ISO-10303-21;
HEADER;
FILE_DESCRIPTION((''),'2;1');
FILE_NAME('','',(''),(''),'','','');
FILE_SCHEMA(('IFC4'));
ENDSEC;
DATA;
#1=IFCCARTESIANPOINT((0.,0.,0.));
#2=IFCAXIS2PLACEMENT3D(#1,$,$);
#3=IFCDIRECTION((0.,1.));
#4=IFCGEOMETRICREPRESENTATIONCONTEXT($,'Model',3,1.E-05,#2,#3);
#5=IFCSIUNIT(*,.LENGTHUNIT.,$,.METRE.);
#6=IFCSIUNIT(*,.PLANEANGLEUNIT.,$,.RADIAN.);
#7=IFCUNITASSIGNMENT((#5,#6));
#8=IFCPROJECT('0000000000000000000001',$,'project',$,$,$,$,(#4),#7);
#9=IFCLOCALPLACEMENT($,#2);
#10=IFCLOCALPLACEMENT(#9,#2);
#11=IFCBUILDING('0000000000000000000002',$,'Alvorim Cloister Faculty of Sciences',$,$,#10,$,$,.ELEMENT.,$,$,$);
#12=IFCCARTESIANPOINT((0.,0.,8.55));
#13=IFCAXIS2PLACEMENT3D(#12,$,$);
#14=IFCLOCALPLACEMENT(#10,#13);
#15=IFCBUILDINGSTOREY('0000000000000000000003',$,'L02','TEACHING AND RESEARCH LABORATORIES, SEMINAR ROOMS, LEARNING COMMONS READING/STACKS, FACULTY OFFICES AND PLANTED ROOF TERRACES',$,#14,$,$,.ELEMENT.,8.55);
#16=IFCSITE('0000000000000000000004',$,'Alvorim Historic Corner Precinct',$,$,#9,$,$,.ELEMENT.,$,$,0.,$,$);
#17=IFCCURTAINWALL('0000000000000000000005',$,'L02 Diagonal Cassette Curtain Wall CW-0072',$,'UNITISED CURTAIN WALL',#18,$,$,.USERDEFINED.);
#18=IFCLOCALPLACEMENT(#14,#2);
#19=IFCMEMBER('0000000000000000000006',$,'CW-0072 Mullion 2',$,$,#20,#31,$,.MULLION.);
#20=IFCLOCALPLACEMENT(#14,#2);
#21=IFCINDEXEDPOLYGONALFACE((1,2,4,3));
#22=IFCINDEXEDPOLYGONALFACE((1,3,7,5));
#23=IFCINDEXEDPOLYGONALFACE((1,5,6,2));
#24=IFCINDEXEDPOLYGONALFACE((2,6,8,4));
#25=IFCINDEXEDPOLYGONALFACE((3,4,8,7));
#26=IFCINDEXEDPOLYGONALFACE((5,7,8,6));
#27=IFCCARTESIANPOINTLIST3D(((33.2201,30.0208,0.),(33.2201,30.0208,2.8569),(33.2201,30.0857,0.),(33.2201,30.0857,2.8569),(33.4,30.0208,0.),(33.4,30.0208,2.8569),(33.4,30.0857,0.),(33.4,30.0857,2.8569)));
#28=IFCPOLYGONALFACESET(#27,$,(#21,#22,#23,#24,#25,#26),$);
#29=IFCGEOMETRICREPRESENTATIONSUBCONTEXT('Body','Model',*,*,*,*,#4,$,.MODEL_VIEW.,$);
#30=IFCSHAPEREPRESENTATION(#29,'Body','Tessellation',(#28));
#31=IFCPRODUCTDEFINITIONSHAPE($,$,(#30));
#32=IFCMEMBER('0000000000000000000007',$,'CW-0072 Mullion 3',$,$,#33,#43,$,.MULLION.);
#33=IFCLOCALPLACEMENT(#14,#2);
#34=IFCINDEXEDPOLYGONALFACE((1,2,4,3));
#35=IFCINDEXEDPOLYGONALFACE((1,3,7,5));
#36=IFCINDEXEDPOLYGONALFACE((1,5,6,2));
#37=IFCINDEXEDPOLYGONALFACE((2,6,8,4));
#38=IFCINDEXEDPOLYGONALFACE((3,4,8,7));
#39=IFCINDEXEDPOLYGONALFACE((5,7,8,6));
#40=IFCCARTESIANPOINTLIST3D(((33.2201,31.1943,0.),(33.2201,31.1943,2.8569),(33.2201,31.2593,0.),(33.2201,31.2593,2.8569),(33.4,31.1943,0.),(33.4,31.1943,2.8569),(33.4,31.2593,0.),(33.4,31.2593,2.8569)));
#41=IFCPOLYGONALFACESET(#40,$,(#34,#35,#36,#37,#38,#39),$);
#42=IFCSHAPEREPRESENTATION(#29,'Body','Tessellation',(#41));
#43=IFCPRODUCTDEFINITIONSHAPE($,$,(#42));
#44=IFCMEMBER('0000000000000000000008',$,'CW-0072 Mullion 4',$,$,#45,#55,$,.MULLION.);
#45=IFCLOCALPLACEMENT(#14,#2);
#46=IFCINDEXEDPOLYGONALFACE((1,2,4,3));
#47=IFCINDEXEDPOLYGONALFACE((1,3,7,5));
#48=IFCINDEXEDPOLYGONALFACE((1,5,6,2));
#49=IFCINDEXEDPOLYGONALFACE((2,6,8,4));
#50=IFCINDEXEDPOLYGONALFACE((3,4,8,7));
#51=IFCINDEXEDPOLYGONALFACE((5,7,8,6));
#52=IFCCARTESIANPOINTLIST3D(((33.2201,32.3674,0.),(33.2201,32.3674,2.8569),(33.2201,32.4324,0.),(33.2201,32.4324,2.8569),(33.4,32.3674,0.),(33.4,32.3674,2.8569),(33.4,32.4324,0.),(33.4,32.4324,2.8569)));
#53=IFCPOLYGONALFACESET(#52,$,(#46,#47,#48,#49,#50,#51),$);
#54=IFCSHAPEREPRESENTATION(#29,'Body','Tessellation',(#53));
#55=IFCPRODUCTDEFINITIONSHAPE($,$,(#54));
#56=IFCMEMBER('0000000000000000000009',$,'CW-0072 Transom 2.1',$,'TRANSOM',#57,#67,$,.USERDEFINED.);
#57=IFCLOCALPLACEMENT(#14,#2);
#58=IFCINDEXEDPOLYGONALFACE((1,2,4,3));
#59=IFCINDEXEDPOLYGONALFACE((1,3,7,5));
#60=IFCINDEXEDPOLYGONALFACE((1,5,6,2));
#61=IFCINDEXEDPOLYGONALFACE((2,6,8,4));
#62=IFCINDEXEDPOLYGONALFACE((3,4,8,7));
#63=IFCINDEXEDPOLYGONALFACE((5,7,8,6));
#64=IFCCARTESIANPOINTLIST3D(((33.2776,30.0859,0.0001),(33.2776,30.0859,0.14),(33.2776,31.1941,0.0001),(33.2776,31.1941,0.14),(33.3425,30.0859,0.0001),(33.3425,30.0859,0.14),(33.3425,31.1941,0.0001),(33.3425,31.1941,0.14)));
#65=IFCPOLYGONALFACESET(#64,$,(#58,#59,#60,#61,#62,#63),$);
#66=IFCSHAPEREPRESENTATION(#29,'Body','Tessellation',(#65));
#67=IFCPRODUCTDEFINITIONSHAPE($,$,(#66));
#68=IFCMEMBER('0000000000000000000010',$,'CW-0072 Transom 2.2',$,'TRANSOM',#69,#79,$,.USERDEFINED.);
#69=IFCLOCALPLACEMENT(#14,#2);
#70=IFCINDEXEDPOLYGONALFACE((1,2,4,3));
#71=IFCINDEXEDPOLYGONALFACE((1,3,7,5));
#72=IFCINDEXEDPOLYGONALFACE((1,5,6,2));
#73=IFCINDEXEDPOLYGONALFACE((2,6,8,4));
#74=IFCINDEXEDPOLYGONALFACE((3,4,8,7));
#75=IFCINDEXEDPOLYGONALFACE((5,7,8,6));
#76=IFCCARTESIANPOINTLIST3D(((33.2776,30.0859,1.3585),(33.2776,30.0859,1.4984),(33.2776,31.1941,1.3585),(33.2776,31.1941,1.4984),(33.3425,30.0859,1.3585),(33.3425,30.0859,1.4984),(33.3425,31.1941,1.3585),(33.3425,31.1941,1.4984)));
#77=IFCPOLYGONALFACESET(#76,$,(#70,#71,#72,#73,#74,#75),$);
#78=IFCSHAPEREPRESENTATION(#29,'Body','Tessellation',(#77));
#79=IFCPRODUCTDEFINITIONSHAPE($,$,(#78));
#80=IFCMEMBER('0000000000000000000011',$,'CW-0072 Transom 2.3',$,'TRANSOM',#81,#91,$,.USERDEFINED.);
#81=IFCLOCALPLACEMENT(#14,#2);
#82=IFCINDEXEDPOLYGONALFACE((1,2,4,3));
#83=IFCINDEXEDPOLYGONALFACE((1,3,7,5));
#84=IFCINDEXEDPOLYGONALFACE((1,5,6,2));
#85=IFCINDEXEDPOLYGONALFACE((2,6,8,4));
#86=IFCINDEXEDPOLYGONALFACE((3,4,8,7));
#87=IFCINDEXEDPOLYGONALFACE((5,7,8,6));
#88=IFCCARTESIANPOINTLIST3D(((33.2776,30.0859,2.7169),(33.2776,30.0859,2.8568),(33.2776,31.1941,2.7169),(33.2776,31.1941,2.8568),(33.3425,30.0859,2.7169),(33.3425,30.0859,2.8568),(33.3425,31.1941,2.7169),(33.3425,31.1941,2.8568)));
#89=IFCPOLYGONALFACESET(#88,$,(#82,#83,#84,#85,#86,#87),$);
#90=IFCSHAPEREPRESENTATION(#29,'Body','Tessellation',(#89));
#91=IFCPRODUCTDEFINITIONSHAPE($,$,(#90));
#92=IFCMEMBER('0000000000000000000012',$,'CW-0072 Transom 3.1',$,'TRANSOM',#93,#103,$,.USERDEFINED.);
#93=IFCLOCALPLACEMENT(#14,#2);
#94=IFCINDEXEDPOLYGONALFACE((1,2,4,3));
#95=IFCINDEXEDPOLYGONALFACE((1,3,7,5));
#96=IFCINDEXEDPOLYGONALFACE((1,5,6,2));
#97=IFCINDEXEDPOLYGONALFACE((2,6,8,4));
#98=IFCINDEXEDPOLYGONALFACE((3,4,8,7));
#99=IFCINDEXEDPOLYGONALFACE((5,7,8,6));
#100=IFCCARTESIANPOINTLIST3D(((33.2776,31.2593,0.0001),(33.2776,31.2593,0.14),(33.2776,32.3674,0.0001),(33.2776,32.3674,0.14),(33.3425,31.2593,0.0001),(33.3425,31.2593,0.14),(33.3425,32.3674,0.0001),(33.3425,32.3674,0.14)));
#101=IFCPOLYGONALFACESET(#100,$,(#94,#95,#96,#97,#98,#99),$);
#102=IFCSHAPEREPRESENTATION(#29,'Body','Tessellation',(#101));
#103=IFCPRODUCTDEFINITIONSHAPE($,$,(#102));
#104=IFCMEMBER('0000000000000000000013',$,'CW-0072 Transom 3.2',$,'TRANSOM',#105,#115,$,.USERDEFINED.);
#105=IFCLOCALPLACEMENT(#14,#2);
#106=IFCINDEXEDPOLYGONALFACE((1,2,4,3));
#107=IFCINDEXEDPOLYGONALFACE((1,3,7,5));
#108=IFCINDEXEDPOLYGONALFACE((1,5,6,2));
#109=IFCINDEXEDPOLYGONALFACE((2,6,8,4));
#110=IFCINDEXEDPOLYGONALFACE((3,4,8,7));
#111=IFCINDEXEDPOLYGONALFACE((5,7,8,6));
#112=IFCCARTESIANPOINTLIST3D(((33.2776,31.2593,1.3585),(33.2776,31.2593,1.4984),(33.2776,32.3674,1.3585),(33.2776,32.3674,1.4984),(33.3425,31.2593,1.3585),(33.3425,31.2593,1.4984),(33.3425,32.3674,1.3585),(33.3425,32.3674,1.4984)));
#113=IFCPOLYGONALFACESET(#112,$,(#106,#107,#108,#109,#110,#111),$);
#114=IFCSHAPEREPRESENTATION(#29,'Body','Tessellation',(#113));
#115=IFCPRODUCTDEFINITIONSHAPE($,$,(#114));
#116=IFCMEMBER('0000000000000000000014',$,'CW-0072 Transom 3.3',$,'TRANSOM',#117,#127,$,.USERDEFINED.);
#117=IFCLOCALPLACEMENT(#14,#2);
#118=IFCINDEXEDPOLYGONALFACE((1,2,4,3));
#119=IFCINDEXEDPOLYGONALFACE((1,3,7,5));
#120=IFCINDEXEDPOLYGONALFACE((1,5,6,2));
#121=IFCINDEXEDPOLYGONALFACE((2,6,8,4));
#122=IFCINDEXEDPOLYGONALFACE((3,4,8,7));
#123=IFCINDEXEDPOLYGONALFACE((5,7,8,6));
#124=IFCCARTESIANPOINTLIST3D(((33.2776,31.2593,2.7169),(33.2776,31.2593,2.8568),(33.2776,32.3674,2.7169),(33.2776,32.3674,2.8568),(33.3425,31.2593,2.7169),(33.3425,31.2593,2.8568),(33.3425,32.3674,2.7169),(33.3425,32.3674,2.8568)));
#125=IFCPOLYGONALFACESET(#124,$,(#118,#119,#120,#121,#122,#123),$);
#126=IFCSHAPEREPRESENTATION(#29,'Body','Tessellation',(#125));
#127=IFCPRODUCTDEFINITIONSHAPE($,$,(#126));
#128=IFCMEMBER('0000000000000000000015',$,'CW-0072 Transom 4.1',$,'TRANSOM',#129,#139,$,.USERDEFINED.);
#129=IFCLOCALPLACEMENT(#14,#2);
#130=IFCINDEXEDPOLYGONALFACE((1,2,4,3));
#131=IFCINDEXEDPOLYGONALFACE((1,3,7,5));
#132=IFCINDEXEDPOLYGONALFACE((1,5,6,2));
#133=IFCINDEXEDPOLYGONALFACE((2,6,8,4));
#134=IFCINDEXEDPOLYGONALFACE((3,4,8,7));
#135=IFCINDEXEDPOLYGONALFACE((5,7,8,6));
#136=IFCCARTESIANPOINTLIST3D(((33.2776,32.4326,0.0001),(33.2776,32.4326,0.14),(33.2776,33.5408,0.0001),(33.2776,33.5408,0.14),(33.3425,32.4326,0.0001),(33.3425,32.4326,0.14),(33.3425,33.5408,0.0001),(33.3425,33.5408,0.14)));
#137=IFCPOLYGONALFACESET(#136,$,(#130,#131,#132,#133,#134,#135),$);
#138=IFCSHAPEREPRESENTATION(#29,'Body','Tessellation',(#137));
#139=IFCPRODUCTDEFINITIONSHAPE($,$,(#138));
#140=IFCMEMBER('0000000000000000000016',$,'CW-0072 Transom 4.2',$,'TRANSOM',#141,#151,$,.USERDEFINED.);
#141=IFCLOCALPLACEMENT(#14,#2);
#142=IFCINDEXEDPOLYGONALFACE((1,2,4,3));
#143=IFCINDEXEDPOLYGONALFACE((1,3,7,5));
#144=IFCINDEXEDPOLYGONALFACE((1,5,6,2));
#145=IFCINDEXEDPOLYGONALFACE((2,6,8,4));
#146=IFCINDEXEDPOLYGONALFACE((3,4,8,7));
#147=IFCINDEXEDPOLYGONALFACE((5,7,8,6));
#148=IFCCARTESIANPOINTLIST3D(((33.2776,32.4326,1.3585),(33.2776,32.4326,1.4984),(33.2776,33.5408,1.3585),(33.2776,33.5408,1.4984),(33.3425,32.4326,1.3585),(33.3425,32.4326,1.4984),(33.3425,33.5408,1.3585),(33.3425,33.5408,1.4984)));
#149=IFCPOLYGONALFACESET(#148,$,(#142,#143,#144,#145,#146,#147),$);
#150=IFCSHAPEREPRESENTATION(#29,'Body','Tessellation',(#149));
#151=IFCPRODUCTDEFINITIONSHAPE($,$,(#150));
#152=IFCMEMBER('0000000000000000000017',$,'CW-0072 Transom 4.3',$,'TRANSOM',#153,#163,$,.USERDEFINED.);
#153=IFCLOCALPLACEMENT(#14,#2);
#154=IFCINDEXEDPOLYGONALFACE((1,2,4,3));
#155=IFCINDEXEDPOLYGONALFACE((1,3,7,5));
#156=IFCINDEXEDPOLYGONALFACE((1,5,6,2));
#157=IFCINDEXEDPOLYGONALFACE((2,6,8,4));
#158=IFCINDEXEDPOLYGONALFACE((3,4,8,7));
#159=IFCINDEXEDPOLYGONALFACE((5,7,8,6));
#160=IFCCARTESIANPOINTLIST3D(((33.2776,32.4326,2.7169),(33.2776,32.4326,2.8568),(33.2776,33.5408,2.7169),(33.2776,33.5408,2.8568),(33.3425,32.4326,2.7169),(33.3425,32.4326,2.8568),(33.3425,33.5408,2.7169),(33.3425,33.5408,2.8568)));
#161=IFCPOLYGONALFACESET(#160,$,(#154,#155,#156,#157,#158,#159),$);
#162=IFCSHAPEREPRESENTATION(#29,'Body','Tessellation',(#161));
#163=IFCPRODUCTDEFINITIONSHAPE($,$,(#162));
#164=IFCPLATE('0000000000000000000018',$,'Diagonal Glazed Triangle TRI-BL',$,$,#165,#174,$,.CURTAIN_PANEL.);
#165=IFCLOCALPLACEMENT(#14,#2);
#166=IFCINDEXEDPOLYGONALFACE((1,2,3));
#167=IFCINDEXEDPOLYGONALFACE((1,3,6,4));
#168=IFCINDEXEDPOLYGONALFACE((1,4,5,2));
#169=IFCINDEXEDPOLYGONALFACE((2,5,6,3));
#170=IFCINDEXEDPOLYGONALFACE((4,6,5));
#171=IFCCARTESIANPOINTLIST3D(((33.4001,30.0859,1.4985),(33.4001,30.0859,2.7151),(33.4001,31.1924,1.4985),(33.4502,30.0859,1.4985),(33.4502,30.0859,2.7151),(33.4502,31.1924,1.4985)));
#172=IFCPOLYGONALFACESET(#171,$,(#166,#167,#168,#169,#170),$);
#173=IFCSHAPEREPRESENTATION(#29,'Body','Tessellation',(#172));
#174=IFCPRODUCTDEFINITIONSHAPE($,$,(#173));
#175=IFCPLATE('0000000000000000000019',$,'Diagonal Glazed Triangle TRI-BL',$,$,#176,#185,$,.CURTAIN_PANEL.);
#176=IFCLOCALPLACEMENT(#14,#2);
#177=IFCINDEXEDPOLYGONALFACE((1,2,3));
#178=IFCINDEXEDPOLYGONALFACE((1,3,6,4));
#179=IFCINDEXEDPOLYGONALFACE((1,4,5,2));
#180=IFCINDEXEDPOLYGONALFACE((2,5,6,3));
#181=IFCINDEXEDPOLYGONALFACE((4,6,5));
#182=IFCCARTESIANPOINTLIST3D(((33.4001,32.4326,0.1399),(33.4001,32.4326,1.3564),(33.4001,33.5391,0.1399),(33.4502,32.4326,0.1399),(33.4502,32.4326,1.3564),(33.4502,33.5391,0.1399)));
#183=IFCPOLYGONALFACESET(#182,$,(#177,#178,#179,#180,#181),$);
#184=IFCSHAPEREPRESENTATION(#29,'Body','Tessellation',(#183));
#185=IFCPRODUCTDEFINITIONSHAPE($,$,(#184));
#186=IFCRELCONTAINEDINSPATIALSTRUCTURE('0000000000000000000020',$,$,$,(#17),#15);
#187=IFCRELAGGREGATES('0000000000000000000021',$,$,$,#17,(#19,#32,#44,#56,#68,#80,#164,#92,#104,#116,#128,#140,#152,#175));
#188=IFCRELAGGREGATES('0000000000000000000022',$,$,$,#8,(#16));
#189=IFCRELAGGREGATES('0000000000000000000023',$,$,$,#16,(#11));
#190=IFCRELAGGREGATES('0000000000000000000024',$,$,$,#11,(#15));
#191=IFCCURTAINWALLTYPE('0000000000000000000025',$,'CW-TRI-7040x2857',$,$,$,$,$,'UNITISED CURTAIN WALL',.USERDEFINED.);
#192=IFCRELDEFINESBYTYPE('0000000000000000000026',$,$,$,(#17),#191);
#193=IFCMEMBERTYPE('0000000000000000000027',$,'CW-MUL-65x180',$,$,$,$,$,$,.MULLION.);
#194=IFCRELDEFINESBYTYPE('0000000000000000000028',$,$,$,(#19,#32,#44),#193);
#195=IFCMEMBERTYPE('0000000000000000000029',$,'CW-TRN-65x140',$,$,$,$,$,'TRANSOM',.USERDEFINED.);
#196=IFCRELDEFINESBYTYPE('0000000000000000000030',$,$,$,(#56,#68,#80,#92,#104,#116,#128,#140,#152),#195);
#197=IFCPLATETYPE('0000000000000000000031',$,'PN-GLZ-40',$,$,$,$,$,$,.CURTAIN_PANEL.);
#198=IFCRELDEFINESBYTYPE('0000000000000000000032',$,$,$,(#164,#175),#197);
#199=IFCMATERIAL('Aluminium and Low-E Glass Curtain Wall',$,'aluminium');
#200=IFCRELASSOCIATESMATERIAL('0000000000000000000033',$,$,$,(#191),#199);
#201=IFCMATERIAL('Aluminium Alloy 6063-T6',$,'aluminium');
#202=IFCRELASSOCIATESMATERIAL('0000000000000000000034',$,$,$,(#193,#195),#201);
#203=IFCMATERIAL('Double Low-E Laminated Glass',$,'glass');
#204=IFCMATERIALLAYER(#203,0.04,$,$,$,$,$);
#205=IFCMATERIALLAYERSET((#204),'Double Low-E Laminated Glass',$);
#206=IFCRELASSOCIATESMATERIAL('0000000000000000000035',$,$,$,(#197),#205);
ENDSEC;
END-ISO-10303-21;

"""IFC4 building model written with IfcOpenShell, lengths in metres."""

from ifc_helpers import new_model, si_unit, direction, frame, origin, origin_2d, place, context, subcontext, project, spatial, polyline, rectangle, outline, extrude, material, layer, layer_set, material_profile, profile_set, type_object, element, aggregate, save


model = new_model("IFC4")

# Units and contexts
model_context = context("Model", 3, precision=1e-05, world=origin(), true_north=direction((0.0, 1.0)))
body_context = subcontext(model_context, "Body", "Model", "MODEL_VIEW")
ifc_project = project(units=[si_unit("LENGTHUNIT", "METRE"), si_unit("PLANEANGLEUNIT", "RADIAN")], contexts=[model_context])

# Site, building, storey
site_placement = place(None, origin())
site = spatial("IfcSite", under=ifc_project, at=site_placement, Name="Alvorim Historic Corner Precinct", CompositionType="ELEMENT", RefElevation=0.0)
building_placement = place(site_placement, origin())
building = spatial("IfcBuilding", under=site, at=building_placement, Name="Alvorim Cloister Faculty of Sciences", CompositionType="ELEMENT")
storey_placement = place(building_placement, frame((0.0, 0.0, 8.55)))
storey = spatial("IfcBuildingStorey", under=building, at=storey_placement, Name="L02", Description="TEACHING AND RESEARCH LABORATORIES, SEMINAR ROOMS, LEARNING COMMONS READING/STACKS, FACULTY OFFICES AND PLANTED ROOF TERRACES", CompositionType="ELEMENT", Elevation=8.55)

# Curtain wall, members, plates
ifc_material_1 = material(Name="Aluminium and Low-E Glass Curtain Wall", Category="aluminium")
curtain_wall_type = type_object("IfcCurtainWallType", Name="CW-TRI-7040x2857", ElementType="UNITISED CURTAIN WALL", PredefinedType="USERDEFINED", material=ifc_material_1)
curtain_wall_placement = place(storey_placement, origin())
curtain_wall = element("IfcCurtainWall", 1, at=curtain_wall_placement, inside=storey, type_object=curtain_wall_type, Name="L02 Diagonal Cassette Curtain Wall CW-0072", ObjectType="UNITISED CURTAIN WALL", PredefinedType="USERDEFINED")
ifc_material_2 = material(Name="Aluminium Alloy 6063-T6", Category="aluminium")
ifc_material_profile_1 = material_profile(ifc_material_2, rectangle(XDim=0.0649, YDim=0.1799, at=origin_2d()), Name="ALU-MUL-65x180")
ifc_profile_set_1 = profile_set([ifc_material_profile_1], Name="Aluminium Alloy 6063-T6")
member_type_1 = type_object("IfcMemberType", Name="CW-MUL-65x180", PredefinedType="MULLION", material=ifc_profile_set_1)
member_1_placement = place(storey_placement, frame((33.3101, 30.0532, 0.0), z_axis=(0.0, 0.0, 1.0), x_axis=(0.0, 1.0, 0.0)))
member_1 = element("IfcMember", 2, at=member_1_placement, type_object=member_type_1, Name="CW-0072 Mullion 2", PredefinedType="MULLION", context=body_context, shape_type="SweptSolid", body=[
    extrude(rectangle(XDim=0.0649, YDim=0.1799, at=origin_2d()), origin(), (0.0, 0.0, 1.0), 2.8569),
])
member_2_placement = place(storey_placement, frame((33.3101, 31.2268, 0.0), z_axis=(0.0, 0.0, 1.0), x_axis=(0.0, 1.0, 0.0)))
member_2 = element("IfcMember", 3, at=member_2_placement, type_object=member_type_1, Name="CW-0072 Mullion 3", PredefinedType="MULLION", context=body_context, shape_type="SweptSolid", body=[
    extrude(rectangle(XDim=0.0649, YDim=0.1799, at=origin_2d()), origin(), (0.0, 0.0, 1.0), 2.8569),
])
member_3_placement = place(storey_placement, frame((33.3101, 32.3999, 0.0), z_axis=(0.0, 0.0, 1.0), x_axis=(0.0, 1.0, 0.0)))
member_3 = element("IfcMember", 4, at=member_3_placement, type_object=member_type_1, Name="CW-0072 Mullion 4", PredefinedType="MULLION", context=body_context, shape_type="SweptSolid", body=[
    extrude(rectangle(XDim=0.0649, YDim=0.1799, at=origin_2d()), origin(), (0.0, 0.0, 1.0), 2.8569),
])
ifc_material_profile_2 = material_profile(ifc_material_2, rectangle(XDim=0.0649, YDim=0.1399, at=origin_2d()), Name="ALU-TRN-65x140")
ifc_profile_set_2 = profile_set([ifc_material_profile_2], Name="Aluminium Alloy 6063-T6")
member_type_2 = type_object("IfcMemberType", Name="CW-TRN-65x140", ElementType="TRANSOM", PredefinedType="USERDEFINED", material=ifc_profile_set_2)
member_4_placement = place(storey_placement, frame((33.3101, 30.0859, 0.0701), z_axis=(0.0, 1.0, 0.0), x_axis=(-1.0, 0.0, 0.0)))
member_4 = element("IfcMember", 5, at=member_4_placement, type_object=member_type_2, Name="CW-0072 Transom 2.1", ObjectType="TRANSOM", PredefinedType="USERDEFINED", context=body_context, shape_type="SweptSolid", body=[
    extrude(rectangle(XDim=0.0649, YDim=0.1399, at=origin_2d()), origin(), (0.0, 0.0, 1.0), 1.1082),
])
member_5_placement = place(storey_placement, frame((33.3101, 30.0859, 1.4285), z_axis=(0.0, 1.0, 0.0), x_axis=(-1.0, 0.0, 0.0)))
member_5 = element("IfcMember", 6, at=member_5_placement, type_object=member_type_2, Name="CW-0072 Transom 2.2", ObjectType="TRANSOM", PredefinedType="USERDEFINED", context=body_context, shape_type="SweptSolid", body=[
    extrude(rectangle(XDim=0.0649, YDim=0.1399, at=origin_2d()), origin(), (0.0, 0.0, 1.0), 1.1082),
])
member_6_placement = place(storey_placement, frame((33.3101, 30.0859, 2.7869), z_axis=(0.0, 1.0, 0.0), x_axis=(-1.0, 0.0, 0.0)))
member_6 = element("IfcMember", 7, at=member_6_placement, type_object=member_type_2, Name="CW-0072 Transom 2.3", ObjectType="TRANSOM", PredefinedType="USERDEFINED", context=body_context, shape_type="SweptSolid", body=[
    extrude(rectangle(XDim=0.0649, YDim=0.1399, at=origin_2d()), origin(), (0.0, 0.0, 1.0), 1.1082),
])
member_7_placement = place(storey_placement, frame((33.3101, 31.2593, 0.0701), z_axis=(0.0, 1.0, 0.0), x_axis=(-1.0, 0.0, 0.0)))
member_7 = element("IfcMember", 8, at=member_7_placement, type_object=member_type_2, Name="CW-0072 Transom 3.1", ObjectType="TRANSOM", PredefinedType="USERDEFINED", context=body_context, shape_type="SweptSolid", body=[
    extrude(rectangle(XDim=0.0649, YDim=0.1399, at=origin_2d()), origin(), (0.0, 0.0, 1.0), 1.1082),
])
member_8_placement = place(storey_placement, frame((33.3101, 31.2593, 1.4285), z_axis=(0.0, 1.0, 0.0), x_axis=(-1.0, 0.0, 0.0)))
member_8 = element("IfcMember", 9, at=member_8_placement, type_object=member_type_2, Name="CW-0072 Transom 3.2", ObjectType="TRANSOM", PredefinedType="USERDEFINED", context=body_context, shape_type="SweptSolid", body=[
    extrude(rectangle(XDim=0.0649, YDim=0.1399, at=origin_2d()), origin(), (0.0, 0.0, 1.0), 1.1082),
])
member_9_placement = place(storey_placement, frame((33.3101, 31.2593, 2.7869), z_axis=(0.0, 1.0, 0.0), x_axis=(-1.0, 0.0, 0.0)))
member_9 = element("IfcMember", 10, at=member_9_placement, type_object=member_type_2, Name="CW-0072 Transom 3.3", ObjectType="TRANSOM", PredefinedType="USERDEFINED", context=body_context, shape_type="SweptSolid", body=[
    extrude(rectangle(XDim=0.0649, YDim=0.1399, at=origin_2d()), origin(), (0.0, 0.0, 1.0), 1.1082),
])
member_10_placement = place(storey_placement, frame((33.3101, 32.4326, 0.0701), z_axis=(0.0, 1.0, 0.0), x_axis=(-1.0, 0.0, 0.0)))
member_10 = element("IfcMember", 11, at=member_10_placement, type_object=member_type_2, Name="CW-0072 Transom 4.1", ObjectType="TRANSOM", PredefinedType="USERDEFINED", context=body_context, shape_type="SweptSolid", body=[
    extrude(rectangle(XDim=0.0649, YDim=0.1399, at=origin_2d()), origin(), (0.0, 0.0, 1.0), 1.1082),
])
member_11_placement = place(storey_placement, frame((33.3101, 32.4326, 1.4285), z_axis=(0.0, 1.0, 0.0), x_axis=(-1.0, 0.0, 0.0)))
member_11 = element("IfcMember", 12, at=member_11_placement, type_object=member_type_2, Name="CW-0072 Transom 4.2", ObjectType="TRANSOM", PredefinedType="USERDEFINED", context=body_context, shape_type="SweptSolid", body=[
    extrude(rectangle(XDim=0.0649, YDim=0.1399, at=origin_2d()), origin(), (0.0, 0.0, 1.0), 1.1082),
])
member_12_placement = place(storey_placement, frame((33.3101, 32.4326, 2.7869), z_axis=(0.0, 1.0, 0.0), x_axis=(-1.0, 0.0, 0.0)))
member_12 = element("IfcMember", 13, at=member_12_placement, type_object=member_type_2, Name="CW-0072 Transom 4.3", ObjectType="TRANSOM", PredefinedType="USERDEFINED", context=body_context, shape_type="SweptSolid", body=[
    extrude(rectangle(XDim=0.0649, YDim=0.1399, at=origin_2d()), origin(), (0.0, 0.0, 1.0), 1.1082),
])
ifc_material_3 = material(Name="Double Low-E Laminated Glass", Category="glass")
ifc_layer = layer(ifc_material_3, 0.04)
ifc_layer_set = layer_set([ifc_layer], Name="Double Low-E Laminated Glass")
plate_type = type_object("IfcPlateType", Name="PN-GLZ-40", PredefinedType="CURTAIN_PANEL", material=ifc_layer_set)
plate_1_placement = place(storey_placement, frame((33.425, 30.0859, 1.4985), z_axis=(0.0, 0.0, 1.0), x_axis=(0.0, 1.0, 0.0)))
plate_1 = element("IfcPlate", 14, at=plate_1_placement, type_object=plate_type, Name="Diagonal Glazed Triangle TRI-BL", PredefinedType="CURTAIN_PANEL", context=body_context, shape_type="SweptSolid", body=[
    extrude(outline(polyline([(0.0, 0.0), (1.1064, 0.0), (0.0, 1.2166), (0.0, 0.0)])), frame((0.0, 0.0249, 0.0), z_axis=(0.0, -1.0, 0.0), x_axis=(1.0, 0.0, 0.0)), (0.0, 0.0, 1.0), 0.05),
])
plate_2_placement = place(storey_placement, frame((33.425, 32.4326, 0.1399), z_axis=(0.0, 0.0, 1.0), x_axis=(0.0, 1.0, 0.0)))
plate_2 = element("IfcPlate", 15, at=plate_2_placement, type_object=plate_type, Name="Diagonal Glazed Triangle TRI-BL", PredefinedType="CURTAIN_PANEL", context=body_context, shape_type="SweptSolid", body=[
    extrude(outline(polyline([(0.0, 0.0), (1.1064, 0.0), (0.0, 1.2166), (0.0, 0.0)])), frame((0.0, 0.0249, 0.0), z_axis=(0.0, -1.0, 0.0), x_axis=(1.0, 0.0, 0.0)), (0.0, 0.0, 1.0), 0.05),
])
aggregate(curtain_wall, [member_1, member_2, member_3, member_4, member_5, member_6, plate_1, member_7, member_8, member_9, member_10, member_11, member_12, plate_2])

save(model, "model.ifc")
